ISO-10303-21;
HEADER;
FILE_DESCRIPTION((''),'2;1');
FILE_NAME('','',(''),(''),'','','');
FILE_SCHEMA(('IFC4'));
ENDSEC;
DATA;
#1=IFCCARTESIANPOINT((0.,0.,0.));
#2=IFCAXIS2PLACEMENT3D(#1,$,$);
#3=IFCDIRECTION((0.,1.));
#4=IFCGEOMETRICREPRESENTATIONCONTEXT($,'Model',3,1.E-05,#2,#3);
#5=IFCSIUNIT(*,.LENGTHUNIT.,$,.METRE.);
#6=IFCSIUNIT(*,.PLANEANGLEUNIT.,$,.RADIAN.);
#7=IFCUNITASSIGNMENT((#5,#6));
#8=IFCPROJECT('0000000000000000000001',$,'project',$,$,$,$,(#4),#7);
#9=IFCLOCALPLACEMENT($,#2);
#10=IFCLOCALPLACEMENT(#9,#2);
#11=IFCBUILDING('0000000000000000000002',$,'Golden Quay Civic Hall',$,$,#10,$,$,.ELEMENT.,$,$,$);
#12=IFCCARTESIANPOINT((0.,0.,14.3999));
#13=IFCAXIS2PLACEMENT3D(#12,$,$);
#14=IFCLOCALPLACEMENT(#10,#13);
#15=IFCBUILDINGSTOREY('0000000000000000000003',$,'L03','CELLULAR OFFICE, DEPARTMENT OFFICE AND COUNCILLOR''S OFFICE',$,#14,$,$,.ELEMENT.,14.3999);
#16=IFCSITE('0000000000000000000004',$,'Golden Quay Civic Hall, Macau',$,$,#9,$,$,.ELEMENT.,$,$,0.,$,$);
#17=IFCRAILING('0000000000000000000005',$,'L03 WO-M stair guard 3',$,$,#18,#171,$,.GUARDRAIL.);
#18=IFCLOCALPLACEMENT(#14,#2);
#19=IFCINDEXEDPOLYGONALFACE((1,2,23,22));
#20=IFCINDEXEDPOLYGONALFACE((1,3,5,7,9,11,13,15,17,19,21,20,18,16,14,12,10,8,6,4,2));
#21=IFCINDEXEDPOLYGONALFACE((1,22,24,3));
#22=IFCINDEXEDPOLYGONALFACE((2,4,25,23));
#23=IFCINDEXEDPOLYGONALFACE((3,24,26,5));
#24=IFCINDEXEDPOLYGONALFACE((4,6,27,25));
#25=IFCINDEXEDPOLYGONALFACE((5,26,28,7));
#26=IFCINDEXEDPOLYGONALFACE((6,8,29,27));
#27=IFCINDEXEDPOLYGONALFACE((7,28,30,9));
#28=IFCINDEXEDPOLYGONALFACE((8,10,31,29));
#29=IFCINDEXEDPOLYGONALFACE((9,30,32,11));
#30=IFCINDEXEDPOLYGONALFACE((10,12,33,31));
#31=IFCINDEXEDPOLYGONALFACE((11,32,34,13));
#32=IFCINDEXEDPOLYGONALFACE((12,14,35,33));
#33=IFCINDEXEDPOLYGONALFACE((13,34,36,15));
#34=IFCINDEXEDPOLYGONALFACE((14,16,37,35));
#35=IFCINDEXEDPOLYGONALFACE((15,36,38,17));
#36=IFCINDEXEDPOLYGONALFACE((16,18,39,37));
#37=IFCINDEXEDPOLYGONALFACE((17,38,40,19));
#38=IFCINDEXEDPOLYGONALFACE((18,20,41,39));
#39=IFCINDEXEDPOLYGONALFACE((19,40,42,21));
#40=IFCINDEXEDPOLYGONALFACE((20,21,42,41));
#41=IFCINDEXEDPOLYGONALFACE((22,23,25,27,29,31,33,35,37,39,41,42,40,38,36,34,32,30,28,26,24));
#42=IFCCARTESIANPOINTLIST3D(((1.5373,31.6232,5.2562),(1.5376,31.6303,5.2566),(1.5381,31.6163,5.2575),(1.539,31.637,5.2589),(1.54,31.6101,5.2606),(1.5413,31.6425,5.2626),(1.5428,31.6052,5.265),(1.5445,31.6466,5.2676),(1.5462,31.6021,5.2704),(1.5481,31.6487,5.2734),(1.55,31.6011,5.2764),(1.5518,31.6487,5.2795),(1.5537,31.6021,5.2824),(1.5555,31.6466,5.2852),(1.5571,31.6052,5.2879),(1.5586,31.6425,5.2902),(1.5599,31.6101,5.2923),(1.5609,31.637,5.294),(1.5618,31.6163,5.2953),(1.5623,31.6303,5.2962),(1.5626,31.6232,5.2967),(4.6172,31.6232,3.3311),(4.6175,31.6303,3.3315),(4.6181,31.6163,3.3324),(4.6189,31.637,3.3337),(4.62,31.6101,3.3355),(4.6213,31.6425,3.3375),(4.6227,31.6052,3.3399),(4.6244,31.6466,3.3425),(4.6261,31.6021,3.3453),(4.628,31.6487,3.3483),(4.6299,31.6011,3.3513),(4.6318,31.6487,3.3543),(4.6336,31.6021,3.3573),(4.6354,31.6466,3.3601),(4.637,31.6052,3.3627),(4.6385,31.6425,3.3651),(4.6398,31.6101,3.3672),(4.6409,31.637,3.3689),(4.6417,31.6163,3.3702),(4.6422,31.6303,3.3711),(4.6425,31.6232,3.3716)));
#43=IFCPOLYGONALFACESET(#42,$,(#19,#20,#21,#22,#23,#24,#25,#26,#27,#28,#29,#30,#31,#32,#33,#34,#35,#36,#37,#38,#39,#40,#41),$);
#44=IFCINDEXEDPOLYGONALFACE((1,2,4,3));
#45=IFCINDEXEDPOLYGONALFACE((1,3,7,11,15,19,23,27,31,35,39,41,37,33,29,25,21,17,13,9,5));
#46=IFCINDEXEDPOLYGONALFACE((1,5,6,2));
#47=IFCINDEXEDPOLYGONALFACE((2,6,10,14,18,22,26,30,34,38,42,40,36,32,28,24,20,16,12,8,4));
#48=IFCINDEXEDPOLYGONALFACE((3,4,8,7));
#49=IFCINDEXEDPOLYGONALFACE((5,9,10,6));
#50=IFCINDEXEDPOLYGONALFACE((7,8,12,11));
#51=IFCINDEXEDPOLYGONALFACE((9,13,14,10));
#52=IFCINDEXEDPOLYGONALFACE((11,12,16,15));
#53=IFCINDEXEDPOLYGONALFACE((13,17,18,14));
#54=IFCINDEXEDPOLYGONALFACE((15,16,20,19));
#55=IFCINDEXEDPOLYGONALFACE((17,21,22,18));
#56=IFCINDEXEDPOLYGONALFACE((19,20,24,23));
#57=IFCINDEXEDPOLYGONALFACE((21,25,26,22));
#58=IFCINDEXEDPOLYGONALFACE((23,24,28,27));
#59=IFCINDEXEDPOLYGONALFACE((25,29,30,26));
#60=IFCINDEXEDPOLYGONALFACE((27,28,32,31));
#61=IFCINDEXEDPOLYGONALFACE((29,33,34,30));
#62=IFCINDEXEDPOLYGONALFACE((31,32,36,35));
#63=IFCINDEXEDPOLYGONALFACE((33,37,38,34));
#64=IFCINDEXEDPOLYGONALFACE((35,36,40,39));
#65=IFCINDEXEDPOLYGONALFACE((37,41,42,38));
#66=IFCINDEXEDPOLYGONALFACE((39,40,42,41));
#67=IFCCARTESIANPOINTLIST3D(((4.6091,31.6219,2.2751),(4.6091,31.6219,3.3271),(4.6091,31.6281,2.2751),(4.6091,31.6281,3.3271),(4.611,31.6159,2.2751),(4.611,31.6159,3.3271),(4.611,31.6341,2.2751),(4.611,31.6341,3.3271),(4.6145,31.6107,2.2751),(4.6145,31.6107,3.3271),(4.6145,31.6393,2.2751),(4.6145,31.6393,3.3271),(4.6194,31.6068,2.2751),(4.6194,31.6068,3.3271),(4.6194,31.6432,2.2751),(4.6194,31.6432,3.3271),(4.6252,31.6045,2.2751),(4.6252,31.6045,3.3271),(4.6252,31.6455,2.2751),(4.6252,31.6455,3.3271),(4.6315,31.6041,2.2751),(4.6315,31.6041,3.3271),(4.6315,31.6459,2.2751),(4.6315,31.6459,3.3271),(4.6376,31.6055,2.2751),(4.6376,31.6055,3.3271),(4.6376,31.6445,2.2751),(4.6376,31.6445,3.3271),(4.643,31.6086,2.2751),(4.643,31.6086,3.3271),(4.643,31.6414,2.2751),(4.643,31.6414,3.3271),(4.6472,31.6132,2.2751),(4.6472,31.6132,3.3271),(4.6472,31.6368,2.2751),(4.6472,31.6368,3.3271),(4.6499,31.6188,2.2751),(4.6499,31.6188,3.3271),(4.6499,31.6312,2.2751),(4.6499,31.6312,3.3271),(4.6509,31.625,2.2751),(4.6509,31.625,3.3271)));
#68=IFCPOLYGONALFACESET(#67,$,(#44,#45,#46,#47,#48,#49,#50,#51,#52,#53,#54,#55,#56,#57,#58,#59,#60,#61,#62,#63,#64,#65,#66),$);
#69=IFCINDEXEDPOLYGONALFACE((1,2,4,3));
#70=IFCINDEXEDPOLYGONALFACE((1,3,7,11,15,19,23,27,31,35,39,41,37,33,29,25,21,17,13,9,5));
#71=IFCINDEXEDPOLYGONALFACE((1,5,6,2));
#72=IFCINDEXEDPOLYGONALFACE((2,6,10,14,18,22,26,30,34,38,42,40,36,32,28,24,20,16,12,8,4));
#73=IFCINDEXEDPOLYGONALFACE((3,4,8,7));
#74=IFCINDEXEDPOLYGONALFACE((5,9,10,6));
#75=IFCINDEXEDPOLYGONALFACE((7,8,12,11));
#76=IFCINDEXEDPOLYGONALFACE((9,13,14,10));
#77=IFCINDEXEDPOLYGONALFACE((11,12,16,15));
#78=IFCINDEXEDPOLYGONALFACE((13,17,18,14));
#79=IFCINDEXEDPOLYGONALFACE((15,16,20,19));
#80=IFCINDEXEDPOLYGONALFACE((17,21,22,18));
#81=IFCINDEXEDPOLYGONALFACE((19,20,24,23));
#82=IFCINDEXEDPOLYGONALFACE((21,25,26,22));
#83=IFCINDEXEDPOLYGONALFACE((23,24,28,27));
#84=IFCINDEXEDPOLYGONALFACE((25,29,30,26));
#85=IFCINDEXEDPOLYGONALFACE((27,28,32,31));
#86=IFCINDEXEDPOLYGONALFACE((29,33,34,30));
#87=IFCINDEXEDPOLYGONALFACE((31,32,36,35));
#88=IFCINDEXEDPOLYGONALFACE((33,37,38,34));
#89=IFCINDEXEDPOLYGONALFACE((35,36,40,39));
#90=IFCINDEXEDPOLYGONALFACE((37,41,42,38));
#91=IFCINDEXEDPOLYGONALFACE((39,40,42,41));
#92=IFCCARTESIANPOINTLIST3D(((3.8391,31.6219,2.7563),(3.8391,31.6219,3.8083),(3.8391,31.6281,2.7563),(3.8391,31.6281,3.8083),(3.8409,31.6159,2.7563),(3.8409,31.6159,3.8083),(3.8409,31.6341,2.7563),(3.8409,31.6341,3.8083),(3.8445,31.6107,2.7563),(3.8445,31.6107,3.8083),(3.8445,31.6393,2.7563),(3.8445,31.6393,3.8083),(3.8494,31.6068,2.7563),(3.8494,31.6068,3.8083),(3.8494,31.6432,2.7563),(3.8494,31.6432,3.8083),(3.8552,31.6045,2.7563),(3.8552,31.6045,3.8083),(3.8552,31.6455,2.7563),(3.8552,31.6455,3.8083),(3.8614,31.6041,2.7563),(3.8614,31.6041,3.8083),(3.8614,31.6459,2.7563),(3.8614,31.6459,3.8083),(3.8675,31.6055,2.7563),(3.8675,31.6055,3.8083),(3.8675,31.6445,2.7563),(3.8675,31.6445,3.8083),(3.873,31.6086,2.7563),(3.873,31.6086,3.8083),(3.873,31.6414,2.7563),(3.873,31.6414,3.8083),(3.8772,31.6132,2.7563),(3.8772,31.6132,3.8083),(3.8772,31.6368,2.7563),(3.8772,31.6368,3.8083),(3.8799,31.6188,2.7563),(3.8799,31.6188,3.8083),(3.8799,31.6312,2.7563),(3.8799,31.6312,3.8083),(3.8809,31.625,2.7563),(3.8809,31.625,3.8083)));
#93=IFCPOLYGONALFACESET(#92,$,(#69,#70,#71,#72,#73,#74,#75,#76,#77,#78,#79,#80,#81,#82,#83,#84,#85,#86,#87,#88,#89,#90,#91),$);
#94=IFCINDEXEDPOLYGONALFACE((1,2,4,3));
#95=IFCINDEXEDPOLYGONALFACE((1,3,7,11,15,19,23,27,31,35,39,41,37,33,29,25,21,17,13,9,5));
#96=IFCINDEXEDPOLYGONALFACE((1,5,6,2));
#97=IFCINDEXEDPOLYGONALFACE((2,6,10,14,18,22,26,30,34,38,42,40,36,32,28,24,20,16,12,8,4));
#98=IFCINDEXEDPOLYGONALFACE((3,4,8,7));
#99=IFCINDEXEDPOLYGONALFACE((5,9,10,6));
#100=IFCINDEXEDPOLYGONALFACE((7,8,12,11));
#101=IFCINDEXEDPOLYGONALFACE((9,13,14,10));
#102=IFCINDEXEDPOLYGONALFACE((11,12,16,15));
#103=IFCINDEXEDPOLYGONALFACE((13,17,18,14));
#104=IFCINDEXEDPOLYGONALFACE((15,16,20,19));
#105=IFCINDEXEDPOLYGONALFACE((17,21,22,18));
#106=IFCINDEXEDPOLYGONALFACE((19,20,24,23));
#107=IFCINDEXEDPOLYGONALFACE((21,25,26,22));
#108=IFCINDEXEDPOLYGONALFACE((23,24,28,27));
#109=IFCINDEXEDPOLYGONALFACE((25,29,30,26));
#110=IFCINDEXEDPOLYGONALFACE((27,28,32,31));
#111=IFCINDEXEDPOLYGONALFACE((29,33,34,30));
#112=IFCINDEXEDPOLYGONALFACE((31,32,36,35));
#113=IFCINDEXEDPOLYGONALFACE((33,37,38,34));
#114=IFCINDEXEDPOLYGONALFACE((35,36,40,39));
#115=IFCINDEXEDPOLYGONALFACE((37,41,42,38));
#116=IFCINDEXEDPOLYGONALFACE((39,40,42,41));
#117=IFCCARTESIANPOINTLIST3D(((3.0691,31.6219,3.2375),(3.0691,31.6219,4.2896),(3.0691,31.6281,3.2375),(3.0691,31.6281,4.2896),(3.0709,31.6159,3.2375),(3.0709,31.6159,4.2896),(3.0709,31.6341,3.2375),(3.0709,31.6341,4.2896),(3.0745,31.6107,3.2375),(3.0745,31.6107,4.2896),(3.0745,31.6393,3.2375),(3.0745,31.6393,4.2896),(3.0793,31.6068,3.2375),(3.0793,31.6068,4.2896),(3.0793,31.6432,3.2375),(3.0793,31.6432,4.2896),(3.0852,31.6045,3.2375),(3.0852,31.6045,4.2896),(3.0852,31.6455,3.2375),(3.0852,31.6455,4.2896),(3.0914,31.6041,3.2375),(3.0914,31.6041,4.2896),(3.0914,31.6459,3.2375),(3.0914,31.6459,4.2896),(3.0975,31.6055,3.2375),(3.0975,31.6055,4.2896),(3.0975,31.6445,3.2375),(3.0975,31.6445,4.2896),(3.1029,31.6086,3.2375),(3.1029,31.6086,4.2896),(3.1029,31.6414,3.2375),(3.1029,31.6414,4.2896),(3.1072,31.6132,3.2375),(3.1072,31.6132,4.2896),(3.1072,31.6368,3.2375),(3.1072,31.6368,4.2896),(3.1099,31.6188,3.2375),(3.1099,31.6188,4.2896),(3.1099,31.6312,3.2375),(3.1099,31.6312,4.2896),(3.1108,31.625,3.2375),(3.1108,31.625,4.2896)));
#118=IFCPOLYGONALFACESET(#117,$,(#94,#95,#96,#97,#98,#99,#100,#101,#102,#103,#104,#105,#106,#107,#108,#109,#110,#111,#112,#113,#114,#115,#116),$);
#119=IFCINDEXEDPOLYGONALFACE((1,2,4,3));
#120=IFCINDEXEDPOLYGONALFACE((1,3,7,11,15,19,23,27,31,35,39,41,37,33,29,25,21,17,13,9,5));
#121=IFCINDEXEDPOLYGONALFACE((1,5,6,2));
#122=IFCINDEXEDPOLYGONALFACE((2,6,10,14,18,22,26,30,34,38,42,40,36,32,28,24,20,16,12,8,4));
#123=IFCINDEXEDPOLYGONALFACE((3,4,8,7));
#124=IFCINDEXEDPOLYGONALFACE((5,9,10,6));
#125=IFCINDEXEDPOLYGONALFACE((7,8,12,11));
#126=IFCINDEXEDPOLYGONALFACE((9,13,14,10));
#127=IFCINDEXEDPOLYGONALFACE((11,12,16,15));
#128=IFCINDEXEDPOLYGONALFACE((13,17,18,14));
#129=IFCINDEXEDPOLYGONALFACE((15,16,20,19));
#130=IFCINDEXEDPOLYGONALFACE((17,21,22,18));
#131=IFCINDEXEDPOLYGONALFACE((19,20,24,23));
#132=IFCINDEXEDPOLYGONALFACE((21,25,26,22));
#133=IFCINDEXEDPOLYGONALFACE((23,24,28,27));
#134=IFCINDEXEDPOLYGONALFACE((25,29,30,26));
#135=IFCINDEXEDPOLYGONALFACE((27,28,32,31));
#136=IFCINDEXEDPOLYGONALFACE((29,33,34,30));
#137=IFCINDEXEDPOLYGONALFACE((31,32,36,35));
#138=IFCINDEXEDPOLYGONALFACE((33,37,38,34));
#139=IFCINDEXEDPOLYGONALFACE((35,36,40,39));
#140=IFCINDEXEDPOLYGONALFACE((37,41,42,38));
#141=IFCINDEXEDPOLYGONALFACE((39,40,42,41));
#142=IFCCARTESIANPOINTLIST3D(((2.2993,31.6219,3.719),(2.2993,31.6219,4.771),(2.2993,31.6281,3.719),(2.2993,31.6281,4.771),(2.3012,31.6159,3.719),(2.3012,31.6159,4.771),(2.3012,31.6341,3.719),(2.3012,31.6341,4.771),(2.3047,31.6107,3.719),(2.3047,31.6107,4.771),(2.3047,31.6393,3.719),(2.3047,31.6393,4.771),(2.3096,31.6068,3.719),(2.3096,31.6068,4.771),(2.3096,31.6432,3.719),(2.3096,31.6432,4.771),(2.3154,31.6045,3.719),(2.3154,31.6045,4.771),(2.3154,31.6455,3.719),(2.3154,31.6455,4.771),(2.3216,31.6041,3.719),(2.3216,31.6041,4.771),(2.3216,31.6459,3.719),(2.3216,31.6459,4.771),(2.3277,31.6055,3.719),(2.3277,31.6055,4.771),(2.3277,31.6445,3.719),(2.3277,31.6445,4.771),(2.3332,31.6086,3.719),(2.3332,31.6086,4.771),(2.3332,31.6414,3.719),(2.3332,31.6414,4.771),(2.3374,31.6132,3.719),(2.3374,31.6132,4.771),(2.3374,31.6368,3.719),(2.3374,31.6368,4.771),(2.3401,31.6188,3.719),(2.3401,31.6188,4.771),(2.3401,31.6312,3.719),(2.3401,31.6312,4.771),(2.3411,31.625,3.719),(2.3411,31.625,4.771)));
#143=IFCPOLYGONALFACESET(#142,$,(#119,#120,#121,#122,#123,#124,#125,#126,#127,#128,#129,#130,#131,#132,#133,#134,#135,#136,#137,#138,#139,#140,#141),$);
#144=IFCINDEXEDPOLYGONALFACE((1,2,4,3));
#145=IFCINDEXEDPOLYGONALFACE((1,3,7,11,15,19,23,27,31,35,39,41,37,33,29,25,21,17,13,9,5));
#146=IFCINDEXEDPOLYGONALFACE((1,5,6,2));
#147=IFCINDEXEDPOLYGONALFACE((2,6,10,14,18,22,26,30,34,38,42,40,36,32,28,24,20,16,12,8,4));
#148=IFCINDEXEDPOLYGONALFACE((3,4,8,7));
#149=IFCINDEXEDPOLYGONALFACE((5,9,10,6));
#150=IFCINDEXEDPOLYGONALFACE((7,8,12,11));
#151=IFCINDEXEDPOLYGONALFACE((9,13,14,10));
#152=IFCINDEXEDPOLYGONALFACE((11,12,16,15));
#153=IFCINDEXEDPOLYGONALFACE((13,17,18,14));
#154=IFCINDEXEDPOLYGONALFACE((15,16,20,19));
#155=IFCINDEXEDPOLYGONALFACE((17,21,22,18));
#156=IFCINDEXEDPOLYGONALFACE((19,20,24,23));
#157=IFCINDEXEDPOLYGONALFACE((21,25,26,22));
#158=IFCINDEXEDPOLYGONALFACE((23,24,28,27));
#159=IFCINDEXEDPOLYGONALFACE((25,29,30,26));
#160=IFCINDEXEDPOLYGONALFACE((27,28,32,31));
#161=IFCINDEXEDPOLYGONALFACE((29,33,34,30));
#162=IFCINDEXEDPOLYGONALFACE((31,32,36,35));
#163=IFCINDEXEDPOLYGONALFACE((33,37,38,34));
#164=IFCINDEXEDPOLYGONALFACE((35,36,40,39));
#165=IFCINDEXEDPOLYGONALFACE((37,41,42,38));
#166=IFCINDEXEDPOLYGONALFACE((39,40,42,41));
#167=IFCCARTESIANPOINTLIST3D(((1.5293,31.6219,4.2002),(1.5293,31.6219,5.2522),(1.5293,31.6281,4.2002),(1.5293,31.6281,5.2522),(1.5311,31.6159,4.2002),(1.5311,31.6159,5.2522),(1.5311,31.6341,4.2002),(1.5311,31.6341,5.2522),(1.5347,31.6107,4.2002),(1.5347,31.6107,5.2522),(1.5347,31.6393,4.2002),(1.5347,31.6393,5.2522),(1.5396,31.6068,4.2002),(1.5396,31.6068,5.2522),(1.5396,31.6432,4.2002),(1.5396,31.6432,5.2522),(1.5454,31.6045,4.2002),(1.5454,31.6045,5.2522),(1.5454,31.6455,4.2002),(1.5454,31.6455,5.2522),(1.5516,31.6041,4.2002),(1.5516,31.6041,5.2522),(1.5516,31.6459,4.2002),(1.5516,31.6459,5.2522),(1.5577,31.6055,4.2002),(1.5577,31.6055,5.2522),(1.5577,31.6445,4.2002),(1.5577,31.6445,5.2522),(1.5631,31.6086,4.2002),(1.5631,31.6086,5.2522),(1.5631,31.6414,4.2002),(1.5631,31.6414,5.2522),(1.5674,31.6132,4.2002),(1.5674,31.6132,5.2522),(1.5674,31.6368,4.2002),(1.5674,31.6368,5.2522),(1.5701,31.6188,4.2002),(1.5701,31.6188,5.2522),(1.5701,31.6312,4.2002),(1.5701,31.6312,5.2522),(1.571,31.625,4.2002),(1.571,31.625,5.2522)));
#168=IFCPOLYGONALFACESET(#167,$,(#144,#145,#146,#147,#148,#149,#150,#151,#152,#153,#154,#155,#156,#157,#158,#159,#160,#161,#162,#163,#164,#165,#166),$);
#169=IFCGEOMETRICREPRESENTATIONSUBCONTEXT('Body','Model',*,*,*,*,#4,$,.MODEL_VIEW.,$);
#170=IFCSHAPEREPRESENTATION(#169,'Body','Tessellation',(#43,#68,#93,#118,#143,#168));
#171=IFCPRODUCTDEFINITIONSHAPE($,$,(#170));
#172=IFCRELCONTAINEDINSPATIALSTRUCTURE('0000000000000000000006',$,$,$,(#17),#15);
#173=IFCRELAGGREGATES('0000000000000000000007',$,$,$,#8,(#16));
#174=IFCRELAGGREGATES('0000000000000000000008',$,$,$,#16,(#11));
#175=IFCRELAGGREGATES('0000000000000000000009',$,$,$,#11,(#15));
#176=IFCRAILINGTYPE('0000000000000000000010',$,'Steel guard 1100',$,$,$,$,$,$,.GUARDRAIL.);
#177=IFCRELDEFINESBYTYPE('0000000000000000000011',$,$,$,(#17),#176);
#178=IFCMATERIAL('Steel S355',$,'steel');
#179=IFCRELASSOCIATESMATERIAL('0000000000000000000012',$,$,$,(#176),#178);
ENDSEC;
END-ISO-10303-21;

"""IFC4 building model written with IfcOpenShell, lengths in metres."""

from ifc_helpers import new_model, si_unit, direction, frame, origin, origin_2d, place, context, subcontext, project, spatial, circle, extrude, material, type_object, element, save


model = new_model("IFC4")

# Units and contexts
model_context = context("Model", 3, precision=1e-05, world=origin(), true_north=direction((0.0, 1.0)))
body_context = subcontext(model_context, "Body", "Model", "MODEL_VIEW")
ifc_project = project(units=[si_unit("LENGTHUNIT", "METRE"), si_unit("PLANEANGLEUNIT", "RADIAN")], contexts=[model_context])

# Site, building, storey
site_placement = place(None, origin())
site = spatial("IfcSite", under=ifc_project, at=site_placement, Name="Golden Quay Civic Hall, Macau", CompositionType="ELEMENT", RefElevation=0.0)
building_placement = place(site_placement, origin())
building = spatial("IfcBuilding", under=site, at=building_placement, Name="Golden Quay Civic Hall", CompositionType="ELEMENT")
storey_placement = place(building_placement, frame((0.0, 0.0, 14.3999)))
storey = spatial("IfcBuildingStorey", under=building, at=storey_placement, Name="L03", Description="CELLULAR OFFICE, DEPARTMENT OFFICE AND COUNCILLOR'S OFFICE", CompositionType="ELEMENT", Elevation=14.3999)

# Railing
ifc_material_1 = material(Name="Steel S355", Category="steel")
railing_type_1 = type_object("IfcRailingType", Name="Steel guard 1100", PredefinedType="GUARDRAIL", material=ifc_material_1)
railing_1_placement = place(storey_placement, frame((4.6299, 31.625, 2.2751)))
element("IfcRailing", 1, at=railing_1_placement, inside=storey, type_object=railing_type_1, Name="L03 WO-M stair guard 3", PredefinedType="GUARDRAIL", context=body_context, shape_type="SweptSolid", body=[
    extrude(circle(Radius=0.0239, at=origin_2d()), frame((0.0, 0.0, 1.0762), z_axis=(-0.847979, 0.0, 0.530029), x_axis=(0.0, -1.0, 0.0)), (0.0, 0.0, 1.0), 3.6321),
    extrude(circle(Radius=0.021, at=origin_2d()), origin(), (0.0, 0.0, 1.0), 1.052),
    extrude(circle(Radius=0.021, at=origin_2d()), frame((-0.77, 0.0, 0.4812)), (0.0, 0.0, 1.0), 1.052),
    extrude(circle(Radius=0.021, at=origin_2d()), frame((-1.54, 0.0, 0.9624)), (0.0, 0.0, 1.0), 1.052),
    extrude(circle(Radius=0.021, at=origin_2d()), frame((-2.3098, 0.0, 1.4438)), (0.0, 0.0, 1.0), 1.052),
    extrude(circle(Radius=0.021, at=origin_2d()), frame((-3.0798, 0.0, 1.925)), (0.0, 0.0, 1.0), 1.052),
])

save(model, "model.ifc")
